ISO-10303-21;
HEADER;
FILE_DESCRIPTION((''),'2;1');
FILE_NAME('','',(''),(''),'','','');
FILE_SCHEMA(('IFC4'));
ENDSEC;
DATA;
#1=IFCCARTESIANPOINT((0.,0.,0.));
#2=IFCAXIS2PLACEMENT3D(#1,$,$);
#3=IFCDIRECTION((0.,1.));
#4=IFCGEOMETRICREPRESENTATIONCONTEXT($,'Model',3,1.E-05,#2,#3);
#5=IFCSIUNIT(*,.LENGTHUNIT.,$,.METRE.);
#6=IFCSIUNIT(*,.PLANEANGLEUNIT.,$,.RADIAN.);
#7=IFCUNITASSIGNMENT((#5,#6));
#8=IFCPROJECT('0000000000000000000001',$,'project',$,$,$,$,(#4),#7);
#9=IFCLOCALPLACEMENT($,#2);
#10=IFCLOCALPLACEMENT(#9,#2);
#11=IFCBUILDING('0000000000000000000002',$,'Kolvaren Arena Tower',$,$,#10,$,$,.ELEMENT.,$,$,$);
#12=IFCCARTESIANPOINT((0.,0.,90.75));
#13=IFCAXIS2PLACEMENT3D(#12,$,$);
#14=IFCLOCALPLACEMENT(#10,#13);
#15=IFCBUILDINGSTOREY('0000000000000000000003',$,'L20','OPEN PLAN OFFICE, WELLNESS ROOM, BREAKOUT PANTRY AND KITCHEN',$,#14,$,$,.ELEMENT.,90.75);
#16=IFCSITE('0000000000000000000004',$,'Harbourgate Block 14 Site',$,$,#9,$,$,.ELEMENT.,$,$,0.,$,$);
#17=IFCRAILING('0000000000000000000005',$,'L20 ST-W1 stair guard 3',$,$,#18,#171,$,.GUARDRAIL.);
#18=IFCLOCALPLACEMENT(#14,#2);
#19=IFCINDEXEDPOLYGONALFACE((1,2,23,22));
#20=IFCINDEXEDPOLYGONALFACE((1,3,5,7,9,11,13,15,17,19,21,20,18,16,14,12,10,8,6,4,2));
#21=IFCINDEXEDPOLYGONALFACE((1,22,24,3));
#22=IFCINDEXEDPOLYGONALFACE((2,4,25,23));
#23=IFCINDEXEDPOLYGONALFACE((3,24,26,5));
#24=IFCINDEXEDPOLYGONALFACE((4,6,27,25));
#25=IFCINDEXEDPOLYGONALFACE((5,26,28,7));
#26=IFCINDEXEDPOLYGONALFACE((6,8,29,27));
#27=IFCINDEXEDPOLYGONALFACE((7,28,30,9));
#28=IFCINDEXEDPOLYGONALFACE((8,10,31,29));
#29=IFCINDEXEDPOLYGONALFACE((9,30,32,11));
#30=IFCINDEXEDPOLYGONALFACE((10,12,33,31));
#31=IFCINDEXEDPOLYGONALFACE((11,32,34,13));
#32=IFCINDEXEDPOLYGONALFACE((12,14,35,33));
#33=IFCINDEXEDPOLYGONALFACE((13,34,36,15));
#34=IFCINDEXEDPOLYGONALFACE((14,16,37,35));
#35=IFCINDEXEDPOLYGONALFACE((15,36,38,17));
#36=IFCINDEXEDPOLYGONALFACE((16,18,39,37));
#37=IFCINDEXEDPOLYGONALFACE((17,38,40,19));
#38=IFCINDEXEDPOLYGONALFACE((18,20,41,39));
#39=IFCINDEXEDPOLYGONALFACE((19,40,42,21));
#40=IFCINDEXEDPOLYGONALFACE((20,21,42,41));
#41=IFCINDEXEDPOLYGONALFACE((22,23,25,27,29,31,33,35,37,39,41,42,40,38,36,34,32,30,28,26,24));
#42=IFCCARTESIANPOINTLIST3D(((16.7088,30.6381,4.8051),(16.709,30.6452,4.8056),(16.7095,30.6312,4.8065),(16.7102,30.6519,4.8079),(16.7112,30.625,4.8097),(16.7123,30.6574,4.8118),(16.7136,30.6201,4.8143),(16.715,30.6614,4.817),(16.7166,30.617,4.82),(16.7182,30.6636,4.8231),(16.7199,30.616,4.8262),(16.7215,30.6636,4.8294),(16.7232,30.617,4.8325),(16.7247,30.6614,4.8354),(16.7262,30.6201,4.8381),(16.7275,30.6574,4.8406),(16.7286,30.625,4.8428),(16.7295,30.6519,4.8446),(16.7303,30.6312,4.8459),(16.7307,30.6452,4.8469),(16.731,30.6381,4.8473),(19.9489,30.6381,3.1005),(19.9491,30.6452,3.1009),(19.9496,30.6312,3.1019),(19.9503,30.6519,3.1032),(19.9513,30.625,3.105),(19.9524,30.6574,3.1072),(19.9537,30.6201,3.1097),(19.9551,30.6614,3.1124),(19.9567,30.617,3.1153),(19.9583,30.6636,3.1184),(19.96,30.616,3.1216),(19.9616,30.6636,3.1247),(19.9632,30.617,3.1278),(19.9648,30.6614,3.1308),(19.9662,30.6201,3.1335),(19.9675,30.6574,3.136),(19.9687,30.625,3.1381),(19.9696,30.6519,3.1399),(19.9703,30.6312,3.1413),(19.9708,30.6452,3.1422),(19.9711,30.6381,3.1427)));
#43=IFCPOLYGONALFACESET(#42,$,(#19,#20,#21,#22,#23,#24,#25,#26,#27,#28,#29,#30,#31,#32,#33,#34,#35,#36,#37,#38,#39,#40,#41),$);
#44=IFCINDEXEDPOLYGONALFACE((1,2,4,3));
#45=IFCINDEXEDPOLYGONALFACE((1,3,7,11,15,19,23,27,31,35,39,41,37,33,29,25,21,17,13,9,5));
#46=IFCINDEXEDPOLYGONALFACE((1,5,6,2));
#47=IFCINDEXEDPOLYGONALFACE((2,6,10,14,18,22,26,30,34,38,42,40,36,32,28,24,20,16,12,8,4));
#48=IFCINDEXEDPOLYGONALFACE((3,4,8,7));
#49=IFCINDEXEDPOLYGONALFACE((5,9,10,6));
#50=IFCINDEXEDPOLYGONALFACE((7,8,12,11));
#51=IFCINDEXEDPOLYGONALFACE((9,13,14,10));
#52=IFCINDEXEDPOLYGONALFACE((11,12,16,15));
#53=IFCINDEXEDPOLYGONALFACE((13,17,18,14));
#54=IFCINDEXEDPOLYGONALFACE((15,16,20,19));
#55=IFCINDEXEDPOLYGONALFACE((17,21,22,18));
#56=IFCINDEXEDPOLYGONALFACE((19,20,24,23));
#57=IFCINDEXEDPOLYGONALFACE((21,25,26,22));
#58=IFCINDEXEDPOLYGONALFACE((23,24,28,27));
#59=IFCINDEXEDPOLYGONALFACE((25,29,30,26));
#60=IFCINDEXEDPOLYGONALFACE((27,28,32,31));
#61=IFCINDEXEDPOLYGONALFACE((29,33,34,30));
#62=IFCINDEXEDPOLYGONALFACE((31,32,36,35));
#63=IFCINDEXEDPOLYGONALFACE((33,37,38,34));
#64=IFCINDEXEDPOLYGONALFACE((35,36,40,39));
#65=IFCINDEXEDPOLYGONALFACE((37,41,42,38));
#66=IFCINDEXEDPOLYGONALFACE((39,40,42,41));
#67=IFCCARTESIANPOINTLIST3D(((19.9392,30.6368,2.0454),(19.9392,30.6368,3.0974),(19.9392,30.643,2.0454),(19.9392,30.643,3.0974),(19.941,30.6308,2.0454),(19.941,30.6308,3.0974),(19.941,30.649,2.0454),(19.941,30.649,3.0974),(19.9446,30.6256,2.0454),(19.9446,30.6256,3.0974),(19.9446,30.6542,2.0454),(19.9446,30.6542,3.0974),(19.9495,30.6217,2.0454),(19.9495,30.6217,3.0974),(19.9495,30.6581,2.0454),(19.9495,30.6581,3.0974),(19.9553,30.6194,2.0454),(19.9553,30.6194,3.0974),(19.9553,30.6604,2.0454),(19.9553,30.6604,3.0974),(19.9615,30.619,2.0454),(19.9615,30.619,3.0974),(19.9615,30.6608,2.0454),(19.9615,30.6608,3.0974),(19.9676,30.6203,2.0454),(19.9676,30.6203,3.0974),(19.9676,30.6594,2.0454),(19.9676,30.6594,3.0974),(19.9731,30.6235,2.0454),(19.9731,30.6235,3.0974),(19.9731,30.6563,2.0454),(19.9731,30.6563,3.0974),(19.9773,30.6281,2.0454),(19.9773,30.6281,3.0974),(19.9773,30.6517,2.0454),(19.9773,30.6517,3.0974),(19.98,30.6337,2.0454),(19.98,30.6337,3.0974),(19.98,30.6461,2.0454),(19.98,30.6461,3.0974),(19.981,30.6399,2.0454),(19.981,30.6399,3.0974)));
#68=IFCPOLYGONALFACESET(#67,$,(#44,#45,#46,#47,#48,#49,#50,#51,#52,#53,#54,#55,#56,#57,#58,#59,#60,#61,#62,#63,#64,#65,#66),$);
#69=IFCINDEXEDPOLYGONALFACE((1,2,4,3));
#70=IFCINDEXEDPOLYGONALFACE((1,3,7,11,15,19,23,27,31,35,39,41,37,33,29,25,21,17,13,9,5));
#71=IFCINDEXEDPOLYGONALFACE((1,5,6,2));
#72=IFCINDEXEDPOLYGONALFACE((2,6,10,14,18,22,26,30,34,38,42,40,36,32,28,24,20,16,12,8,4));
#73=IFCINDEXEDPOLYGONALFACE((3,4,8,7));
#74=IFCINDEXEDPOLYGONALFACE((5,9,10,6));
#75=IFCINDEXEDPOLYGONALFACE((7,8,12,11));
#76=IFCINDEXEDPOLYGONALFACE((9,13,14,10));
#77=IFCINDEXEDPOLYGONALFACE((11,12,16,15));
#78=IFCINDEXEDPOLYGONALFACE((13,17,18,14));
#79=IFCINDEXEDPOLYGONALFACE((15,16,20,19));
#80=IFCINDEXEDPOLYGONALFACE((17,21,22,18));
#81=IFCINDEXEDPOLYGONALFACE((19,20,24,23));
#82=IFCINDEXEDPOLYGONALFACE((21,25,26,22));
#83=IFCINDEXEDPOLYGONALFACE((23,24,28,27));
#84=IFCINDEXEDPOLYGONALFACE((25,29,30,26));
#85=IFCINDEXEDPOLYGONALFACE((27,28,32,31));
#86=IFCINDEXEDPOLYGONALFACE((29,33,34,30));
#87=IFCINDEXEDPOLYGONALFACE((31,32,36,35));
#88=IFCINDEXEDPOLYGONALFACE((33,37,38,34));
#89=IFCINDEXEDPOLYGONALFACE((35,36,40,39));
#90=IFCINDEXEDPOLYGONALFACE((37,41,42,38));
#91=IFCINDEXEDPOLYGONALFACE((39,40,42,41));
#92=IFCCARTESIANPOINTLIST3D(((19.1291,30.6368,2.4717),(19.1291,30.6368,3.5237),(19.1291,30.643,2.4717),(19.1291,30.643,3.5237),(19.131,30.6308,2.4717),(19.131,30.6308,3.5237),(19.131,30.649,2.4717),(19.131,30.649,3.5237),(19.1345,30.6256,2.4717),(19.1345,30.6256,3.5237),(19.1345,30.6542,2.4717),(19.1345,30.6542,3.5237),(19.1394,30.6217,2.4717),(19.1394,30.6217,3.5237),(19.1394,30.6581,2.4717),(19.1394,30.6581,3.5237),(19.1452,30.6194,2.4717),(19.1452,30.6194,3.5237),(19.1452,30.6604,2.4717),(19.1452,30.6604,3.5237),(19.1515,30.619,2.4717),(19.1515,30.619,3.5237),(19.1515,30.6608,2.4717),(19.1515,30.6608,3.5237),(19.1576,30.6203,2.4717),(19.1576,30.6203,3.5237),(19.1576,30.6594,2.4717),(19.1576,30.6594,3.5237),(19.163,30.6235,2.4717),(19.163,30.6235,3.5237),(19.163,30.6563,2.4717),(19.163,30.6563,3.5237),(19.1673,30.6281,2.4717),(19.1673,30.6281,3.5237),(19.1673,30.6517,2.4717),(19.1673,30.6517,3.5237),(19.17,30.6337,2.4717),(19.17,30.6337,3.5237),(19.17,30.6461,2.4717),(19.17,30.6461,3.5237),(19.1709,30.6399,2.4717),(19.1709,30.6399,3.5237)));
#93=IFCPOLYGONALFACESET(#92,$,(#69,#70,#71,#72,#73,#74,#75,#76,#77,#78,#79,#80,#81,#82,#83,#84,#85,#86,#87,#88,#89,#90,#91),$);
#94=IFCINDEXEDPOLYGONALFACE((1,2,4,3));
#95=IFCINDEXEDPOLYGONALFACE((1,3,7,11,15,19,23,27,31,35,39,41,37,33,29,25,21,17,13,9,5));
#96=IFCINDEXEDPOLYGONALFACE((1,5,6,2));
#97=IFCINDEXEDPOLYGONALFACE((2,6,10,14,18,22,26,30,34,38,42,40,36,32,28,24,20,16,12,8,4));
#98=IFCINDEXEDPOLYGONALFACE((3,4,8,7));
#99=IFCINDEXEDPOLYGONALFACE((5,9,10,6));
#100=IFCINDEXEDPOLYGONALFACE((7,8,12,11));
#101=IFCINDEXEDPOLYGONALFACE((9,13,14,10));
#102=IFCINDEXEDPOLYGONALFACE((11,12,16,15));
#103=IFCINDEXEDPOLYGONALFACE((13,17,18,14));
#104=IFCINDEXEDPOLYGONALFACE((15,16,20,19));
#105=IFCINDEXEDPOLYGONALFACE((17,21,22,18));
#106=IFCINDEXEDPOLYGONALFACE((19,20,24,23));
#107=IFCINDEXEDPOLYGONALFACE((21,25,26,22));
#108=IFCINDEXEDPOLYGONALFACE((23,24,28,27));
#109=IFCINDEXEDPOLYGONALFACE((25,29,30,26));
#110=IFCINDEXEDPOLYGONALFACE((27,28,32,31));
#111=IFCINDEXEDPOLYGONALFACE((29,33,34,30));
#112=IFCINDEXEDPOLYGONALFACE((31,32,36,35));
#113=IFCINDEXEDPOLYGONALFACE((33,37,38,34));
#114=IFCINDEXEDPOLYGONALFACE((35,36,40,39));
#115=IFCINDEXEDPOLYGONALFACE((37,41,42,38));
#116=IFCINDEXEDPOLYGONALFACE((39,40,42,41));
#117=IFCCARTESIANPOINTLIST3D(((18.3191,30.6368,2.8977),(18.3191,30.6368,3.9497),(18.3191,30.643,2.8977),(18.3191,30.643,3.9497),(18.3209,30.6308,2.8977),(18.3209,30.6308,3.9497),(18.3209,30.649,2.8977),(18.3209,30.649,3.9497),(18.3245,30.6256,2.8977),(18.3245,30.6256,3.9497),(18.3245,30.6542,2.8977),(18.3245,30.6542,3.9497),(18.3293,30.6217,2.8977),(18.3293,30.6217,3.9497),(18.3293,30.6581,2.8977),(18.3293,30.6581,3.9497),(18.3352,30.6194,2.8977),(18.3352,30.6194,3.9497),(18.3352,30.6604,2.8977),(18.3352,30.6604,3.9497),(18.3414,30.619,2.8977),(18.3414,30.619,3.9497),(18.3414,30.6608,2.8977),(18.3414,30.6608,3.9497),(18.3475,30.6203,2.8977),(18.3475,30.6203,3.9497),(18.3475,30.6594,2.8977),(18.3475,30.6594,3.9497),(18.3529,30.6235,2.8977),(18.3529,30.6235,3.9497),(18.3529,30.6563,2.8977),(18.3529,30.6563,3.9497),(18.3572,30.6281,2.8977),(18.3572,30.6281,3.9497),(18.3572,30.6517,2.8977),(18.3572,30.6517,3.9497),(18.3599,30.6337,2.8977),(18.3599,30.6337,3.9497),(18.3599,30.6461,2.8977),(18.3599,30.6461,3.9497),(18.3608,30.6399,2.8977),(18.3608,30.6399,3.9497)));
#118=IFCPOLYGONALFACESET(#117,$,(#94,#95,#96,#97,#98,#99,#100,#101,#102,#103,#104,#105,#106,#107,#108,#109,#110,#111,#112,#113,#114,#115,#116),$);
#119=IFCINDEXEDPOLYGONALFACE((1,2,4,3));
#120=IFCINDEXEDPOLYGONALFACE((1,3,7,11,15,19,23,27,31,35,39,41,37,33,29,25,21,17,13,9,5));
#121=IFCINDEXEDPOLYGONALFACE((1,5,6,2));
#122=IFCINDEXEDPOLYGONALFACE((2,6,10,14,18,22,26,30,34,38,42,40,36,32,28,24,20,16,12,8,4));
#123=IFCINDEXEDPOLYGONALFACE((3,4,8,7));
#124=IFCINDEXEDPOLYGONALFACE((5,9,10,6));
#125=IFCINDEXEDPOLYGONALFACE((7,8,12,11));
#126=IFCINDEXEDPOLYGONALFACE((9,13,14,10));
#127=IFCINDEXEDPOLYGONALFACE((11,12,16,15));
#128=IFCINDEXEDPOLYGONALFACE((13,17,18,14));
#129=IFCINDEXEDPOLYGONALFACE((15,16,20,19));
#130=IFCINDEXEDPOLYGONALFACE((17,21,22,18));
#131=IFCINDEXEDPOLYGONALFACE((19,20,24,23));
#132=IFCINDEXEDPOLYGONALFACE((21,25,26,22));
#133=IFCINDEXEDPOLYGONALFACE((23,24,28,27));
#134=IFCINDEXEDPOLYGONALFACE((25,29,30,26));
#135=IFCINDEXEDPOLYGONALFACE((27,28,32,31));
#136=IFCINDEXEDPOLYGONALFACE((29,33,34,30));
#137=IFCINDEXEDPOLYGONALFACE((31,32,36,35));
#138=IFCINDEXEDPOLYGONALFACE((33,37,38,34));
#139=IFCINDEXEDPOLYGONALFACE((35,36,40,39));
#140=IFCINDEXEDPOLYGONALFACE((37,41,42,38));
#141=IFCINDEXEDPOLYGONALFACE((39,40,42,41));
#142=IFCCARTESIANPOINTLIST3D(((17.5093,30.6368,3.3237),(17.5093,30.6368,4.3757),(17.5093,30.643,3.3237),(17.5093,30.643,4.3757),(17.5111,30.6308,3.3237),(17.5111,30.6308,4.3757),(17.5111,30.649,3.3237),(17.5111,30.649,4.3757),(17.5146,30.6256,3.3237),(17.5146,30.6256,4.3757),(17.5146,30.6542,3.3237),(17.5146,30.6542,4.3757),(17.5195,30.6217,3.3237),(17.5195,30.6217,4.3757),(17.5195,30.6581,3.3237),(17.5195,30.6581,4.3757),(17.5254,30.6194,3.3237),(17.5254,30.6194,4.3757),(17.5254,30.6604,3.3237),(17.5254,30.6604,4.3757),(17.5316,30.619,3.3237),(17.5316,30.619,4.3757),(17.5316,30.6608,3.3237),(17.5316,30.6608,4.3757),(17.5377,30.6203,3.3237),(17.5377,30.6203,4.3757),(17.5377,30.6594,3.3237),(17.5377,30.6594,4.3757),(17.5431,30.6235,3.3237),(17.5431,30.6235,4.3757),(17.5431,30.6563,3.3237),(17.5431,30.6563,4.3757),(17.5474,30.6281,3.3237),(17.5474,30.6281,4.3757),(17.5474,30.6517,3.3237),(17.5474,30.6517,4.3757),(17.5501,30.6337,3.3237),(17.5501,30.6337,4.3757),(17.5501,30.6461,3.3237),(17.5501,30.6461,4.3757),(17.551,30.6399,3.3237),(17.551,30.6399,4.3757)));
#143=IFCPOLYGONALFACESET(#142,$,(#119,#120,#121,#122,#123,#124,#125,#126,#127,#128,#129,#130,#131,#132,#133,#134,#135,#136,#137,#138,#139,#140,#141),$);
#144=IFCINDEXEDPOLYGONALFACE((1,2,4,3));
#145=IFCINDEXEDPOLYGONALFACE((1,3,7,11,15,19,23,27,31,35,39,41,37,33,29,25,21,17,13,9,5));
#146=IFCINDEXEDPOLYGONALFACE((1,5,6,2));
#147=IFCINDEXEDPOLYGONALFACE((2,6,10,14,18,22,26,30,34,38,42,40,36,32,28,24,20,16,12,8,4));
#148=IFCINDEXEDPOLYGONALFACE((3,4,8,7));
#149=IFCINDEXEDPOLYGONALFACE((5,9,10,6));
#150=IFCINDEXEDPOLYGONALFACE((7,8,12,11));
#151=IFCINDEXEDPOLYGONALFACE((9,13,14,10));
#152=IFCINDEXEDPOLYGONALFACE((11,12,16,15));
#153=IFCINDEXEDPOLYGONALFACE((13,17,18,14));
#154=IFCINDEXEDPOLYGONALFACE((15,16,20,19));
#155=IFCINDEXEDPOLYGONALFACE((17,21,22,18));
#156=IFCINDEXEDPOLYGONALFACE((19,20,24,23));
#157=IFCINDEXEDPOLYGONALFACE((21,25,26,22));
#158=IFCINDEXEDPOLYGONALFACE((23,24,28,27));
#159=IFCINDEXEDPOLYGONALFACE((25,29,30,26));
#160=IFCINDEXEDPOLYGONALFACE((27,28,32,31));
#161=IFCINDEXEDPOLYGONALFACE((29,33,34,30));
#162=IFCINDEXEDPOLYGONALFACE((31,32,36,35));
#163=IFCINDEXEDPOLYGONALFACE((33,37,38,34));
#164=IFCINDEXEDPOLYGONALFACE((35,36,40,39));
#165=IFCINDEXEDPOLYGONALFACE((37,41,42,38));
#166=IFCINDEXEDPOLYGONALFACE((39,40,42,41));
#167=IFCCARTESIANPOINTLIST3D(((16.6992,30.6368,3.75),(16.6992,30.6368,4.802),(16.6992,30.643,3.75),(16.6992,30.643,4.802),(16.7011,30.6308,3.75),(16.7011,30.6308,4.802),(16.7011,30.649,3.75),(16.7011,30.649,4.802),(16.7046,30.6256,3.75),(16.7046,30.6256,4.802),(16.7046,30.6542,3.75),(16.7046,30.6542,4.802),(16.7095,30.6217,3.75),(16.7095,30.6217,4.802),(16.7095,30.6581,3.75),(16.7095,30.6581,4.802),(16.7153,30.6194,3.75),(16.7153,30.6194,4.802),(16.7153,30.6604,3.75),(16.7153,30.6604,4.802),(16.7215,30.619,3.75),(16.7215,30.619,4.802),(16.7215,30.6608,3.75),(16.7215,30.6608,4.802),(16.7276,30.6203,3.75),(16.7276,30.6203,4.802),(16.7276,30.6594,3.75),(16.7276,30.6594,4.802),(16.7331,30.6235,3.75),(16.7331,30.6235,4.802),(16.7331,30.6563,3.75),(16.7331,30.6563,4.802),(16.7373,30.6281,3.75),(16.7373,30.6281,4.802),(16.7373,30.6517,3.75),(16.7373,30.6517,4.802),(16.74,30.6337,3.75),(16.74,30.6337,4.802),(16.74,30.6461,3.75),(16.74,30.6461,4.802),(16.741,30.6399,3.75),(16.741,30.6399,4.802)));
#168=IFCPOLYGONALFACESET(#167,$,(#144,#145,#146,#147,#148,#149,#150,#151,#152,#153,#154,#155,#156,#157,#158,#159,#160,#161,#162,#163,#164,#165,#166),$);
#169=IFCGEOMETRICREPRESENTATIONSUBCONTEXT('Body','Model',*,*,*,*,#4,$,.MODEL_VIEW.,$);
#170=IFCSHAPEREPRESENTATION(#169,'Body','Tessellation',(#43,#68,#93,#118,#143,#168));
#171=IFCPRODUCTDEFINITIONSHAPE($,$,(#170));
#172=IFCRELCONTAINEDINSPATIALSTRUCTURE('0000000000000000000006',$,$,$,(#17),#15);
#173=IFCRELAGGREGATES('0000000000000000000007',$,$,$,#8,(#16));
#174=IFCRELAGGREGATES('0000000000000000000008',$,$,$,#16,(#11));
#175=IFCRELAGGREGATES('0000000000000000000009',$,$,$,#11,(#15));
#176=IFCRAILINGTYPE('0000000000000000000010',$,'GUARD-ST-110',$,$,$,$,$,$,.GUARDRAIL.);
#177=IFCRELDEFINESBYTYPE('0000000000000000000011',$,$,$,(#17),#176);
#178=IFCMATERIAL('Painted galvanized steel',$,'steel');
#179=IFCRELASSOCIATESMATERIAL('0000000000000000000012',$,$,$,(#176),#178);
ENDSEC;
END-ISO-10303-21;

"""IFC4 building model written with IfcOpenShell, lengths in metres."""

from ifc_helpers import new_model, si_unit, direction, frame, origin, origin_2d, place, context, subcontext, project, spatial, circle, extrude, material, type_object, element, save


model = new_model("IFC4")

# Units and contexts
model_context = context("Model", 3, precision=1e-05, world=origin(), true_north=direction((0.0, 1.0)))
body_context = subcontext(model_context, "Body", "Model", "MODEL_VIEW")
ifc_project = project(units=[si_unit("LENGTHUNIT", "METRE"), si_unit("PLANEANGLEUNIT", "RADIAN")], contexts=[model_context])

# Site, building, storey
site_placement = place(None, origin())
site = spatial("IfcSite", under=ifc_project, at=site_placement, Name="Harbourgate Block 14 Site", CompositionType="ELEMENT", RefElevation=0.0)
building_placement = place(site_placement, origin())
building = spatial("IfcBuilding", under=site, at=building_placement, Name="Kolvaren Arena Tower", CompositionType="ELEMENT")
storey_placement = place(building_placement, frame((0.0, 0.0, 90.75)))
storey = spatial("IfcBuildingStorey", under=building, at=storey_placement, Name="L20", Description="OPEN PLAN OFFICE, WELLNESS ROOM, BREAKOUT PANTRY AND KITCHEN", CompositionType="ELEMENT", Elevation=90.75)

# Railing
ifc_material_1 = material(Name="Painted galvanized steel", Category="steel")
railing_type = type_object("IfcRailingType", Name="GUARD-ST-110", PredefinedType="GUARDRAIL", material=ifc_material_1)
railing_1_placement = place(storey_placement, frame((19.96, 30.6399, 2.0454)))
element("IfcRailing", 1, at=railing_1_placement, inside=storey, type_object=railing_type, Name="L20 ST-W1 stair guard 3", PredefinedType="GUARDRAIL", context=body_context, shape_type="SweptSolid", body=[
    extrude(circle(Radius=0.0239, at=origin_2d()), frame((0.0, 0.0, 1.0762), z_axis=(-0.884993, 0.0, 0.465604), x_axis=(0.0, -1.0, 0.0)), (0.0, 0.0, 1.0), 3.6611),
    extrude(circle(Radius=0.021, at=origin_2d()), origin(), (0.0, 0.0, 1.0), 1.052),
    extrude(circle(Radius=0.021, at=origin_2d()), frame((-0.8101, 0.0, 0.4263)), (0.0, 0.0, 1.0), 1.052),
    extrude(circle(Radius=0.021, at=origin_2d()), frame((-1.6201, 0.0, 0.8523)), (0.0, 0.0, 1.0), 1.052),
    extrude(circle(Radius=0.021, at=origin_2d()), frame((-2.4299, 0.0, 1.2783)), (0.0, 0.0, 1.0), 1.052),
    extrude(circle(Radius=0.021, at=origin_2d()), frame((-3.24, 0.0, 1.7046)), (0.0, 0.0, 1.0), 1.052),
])

save(model, "model.ifc")
